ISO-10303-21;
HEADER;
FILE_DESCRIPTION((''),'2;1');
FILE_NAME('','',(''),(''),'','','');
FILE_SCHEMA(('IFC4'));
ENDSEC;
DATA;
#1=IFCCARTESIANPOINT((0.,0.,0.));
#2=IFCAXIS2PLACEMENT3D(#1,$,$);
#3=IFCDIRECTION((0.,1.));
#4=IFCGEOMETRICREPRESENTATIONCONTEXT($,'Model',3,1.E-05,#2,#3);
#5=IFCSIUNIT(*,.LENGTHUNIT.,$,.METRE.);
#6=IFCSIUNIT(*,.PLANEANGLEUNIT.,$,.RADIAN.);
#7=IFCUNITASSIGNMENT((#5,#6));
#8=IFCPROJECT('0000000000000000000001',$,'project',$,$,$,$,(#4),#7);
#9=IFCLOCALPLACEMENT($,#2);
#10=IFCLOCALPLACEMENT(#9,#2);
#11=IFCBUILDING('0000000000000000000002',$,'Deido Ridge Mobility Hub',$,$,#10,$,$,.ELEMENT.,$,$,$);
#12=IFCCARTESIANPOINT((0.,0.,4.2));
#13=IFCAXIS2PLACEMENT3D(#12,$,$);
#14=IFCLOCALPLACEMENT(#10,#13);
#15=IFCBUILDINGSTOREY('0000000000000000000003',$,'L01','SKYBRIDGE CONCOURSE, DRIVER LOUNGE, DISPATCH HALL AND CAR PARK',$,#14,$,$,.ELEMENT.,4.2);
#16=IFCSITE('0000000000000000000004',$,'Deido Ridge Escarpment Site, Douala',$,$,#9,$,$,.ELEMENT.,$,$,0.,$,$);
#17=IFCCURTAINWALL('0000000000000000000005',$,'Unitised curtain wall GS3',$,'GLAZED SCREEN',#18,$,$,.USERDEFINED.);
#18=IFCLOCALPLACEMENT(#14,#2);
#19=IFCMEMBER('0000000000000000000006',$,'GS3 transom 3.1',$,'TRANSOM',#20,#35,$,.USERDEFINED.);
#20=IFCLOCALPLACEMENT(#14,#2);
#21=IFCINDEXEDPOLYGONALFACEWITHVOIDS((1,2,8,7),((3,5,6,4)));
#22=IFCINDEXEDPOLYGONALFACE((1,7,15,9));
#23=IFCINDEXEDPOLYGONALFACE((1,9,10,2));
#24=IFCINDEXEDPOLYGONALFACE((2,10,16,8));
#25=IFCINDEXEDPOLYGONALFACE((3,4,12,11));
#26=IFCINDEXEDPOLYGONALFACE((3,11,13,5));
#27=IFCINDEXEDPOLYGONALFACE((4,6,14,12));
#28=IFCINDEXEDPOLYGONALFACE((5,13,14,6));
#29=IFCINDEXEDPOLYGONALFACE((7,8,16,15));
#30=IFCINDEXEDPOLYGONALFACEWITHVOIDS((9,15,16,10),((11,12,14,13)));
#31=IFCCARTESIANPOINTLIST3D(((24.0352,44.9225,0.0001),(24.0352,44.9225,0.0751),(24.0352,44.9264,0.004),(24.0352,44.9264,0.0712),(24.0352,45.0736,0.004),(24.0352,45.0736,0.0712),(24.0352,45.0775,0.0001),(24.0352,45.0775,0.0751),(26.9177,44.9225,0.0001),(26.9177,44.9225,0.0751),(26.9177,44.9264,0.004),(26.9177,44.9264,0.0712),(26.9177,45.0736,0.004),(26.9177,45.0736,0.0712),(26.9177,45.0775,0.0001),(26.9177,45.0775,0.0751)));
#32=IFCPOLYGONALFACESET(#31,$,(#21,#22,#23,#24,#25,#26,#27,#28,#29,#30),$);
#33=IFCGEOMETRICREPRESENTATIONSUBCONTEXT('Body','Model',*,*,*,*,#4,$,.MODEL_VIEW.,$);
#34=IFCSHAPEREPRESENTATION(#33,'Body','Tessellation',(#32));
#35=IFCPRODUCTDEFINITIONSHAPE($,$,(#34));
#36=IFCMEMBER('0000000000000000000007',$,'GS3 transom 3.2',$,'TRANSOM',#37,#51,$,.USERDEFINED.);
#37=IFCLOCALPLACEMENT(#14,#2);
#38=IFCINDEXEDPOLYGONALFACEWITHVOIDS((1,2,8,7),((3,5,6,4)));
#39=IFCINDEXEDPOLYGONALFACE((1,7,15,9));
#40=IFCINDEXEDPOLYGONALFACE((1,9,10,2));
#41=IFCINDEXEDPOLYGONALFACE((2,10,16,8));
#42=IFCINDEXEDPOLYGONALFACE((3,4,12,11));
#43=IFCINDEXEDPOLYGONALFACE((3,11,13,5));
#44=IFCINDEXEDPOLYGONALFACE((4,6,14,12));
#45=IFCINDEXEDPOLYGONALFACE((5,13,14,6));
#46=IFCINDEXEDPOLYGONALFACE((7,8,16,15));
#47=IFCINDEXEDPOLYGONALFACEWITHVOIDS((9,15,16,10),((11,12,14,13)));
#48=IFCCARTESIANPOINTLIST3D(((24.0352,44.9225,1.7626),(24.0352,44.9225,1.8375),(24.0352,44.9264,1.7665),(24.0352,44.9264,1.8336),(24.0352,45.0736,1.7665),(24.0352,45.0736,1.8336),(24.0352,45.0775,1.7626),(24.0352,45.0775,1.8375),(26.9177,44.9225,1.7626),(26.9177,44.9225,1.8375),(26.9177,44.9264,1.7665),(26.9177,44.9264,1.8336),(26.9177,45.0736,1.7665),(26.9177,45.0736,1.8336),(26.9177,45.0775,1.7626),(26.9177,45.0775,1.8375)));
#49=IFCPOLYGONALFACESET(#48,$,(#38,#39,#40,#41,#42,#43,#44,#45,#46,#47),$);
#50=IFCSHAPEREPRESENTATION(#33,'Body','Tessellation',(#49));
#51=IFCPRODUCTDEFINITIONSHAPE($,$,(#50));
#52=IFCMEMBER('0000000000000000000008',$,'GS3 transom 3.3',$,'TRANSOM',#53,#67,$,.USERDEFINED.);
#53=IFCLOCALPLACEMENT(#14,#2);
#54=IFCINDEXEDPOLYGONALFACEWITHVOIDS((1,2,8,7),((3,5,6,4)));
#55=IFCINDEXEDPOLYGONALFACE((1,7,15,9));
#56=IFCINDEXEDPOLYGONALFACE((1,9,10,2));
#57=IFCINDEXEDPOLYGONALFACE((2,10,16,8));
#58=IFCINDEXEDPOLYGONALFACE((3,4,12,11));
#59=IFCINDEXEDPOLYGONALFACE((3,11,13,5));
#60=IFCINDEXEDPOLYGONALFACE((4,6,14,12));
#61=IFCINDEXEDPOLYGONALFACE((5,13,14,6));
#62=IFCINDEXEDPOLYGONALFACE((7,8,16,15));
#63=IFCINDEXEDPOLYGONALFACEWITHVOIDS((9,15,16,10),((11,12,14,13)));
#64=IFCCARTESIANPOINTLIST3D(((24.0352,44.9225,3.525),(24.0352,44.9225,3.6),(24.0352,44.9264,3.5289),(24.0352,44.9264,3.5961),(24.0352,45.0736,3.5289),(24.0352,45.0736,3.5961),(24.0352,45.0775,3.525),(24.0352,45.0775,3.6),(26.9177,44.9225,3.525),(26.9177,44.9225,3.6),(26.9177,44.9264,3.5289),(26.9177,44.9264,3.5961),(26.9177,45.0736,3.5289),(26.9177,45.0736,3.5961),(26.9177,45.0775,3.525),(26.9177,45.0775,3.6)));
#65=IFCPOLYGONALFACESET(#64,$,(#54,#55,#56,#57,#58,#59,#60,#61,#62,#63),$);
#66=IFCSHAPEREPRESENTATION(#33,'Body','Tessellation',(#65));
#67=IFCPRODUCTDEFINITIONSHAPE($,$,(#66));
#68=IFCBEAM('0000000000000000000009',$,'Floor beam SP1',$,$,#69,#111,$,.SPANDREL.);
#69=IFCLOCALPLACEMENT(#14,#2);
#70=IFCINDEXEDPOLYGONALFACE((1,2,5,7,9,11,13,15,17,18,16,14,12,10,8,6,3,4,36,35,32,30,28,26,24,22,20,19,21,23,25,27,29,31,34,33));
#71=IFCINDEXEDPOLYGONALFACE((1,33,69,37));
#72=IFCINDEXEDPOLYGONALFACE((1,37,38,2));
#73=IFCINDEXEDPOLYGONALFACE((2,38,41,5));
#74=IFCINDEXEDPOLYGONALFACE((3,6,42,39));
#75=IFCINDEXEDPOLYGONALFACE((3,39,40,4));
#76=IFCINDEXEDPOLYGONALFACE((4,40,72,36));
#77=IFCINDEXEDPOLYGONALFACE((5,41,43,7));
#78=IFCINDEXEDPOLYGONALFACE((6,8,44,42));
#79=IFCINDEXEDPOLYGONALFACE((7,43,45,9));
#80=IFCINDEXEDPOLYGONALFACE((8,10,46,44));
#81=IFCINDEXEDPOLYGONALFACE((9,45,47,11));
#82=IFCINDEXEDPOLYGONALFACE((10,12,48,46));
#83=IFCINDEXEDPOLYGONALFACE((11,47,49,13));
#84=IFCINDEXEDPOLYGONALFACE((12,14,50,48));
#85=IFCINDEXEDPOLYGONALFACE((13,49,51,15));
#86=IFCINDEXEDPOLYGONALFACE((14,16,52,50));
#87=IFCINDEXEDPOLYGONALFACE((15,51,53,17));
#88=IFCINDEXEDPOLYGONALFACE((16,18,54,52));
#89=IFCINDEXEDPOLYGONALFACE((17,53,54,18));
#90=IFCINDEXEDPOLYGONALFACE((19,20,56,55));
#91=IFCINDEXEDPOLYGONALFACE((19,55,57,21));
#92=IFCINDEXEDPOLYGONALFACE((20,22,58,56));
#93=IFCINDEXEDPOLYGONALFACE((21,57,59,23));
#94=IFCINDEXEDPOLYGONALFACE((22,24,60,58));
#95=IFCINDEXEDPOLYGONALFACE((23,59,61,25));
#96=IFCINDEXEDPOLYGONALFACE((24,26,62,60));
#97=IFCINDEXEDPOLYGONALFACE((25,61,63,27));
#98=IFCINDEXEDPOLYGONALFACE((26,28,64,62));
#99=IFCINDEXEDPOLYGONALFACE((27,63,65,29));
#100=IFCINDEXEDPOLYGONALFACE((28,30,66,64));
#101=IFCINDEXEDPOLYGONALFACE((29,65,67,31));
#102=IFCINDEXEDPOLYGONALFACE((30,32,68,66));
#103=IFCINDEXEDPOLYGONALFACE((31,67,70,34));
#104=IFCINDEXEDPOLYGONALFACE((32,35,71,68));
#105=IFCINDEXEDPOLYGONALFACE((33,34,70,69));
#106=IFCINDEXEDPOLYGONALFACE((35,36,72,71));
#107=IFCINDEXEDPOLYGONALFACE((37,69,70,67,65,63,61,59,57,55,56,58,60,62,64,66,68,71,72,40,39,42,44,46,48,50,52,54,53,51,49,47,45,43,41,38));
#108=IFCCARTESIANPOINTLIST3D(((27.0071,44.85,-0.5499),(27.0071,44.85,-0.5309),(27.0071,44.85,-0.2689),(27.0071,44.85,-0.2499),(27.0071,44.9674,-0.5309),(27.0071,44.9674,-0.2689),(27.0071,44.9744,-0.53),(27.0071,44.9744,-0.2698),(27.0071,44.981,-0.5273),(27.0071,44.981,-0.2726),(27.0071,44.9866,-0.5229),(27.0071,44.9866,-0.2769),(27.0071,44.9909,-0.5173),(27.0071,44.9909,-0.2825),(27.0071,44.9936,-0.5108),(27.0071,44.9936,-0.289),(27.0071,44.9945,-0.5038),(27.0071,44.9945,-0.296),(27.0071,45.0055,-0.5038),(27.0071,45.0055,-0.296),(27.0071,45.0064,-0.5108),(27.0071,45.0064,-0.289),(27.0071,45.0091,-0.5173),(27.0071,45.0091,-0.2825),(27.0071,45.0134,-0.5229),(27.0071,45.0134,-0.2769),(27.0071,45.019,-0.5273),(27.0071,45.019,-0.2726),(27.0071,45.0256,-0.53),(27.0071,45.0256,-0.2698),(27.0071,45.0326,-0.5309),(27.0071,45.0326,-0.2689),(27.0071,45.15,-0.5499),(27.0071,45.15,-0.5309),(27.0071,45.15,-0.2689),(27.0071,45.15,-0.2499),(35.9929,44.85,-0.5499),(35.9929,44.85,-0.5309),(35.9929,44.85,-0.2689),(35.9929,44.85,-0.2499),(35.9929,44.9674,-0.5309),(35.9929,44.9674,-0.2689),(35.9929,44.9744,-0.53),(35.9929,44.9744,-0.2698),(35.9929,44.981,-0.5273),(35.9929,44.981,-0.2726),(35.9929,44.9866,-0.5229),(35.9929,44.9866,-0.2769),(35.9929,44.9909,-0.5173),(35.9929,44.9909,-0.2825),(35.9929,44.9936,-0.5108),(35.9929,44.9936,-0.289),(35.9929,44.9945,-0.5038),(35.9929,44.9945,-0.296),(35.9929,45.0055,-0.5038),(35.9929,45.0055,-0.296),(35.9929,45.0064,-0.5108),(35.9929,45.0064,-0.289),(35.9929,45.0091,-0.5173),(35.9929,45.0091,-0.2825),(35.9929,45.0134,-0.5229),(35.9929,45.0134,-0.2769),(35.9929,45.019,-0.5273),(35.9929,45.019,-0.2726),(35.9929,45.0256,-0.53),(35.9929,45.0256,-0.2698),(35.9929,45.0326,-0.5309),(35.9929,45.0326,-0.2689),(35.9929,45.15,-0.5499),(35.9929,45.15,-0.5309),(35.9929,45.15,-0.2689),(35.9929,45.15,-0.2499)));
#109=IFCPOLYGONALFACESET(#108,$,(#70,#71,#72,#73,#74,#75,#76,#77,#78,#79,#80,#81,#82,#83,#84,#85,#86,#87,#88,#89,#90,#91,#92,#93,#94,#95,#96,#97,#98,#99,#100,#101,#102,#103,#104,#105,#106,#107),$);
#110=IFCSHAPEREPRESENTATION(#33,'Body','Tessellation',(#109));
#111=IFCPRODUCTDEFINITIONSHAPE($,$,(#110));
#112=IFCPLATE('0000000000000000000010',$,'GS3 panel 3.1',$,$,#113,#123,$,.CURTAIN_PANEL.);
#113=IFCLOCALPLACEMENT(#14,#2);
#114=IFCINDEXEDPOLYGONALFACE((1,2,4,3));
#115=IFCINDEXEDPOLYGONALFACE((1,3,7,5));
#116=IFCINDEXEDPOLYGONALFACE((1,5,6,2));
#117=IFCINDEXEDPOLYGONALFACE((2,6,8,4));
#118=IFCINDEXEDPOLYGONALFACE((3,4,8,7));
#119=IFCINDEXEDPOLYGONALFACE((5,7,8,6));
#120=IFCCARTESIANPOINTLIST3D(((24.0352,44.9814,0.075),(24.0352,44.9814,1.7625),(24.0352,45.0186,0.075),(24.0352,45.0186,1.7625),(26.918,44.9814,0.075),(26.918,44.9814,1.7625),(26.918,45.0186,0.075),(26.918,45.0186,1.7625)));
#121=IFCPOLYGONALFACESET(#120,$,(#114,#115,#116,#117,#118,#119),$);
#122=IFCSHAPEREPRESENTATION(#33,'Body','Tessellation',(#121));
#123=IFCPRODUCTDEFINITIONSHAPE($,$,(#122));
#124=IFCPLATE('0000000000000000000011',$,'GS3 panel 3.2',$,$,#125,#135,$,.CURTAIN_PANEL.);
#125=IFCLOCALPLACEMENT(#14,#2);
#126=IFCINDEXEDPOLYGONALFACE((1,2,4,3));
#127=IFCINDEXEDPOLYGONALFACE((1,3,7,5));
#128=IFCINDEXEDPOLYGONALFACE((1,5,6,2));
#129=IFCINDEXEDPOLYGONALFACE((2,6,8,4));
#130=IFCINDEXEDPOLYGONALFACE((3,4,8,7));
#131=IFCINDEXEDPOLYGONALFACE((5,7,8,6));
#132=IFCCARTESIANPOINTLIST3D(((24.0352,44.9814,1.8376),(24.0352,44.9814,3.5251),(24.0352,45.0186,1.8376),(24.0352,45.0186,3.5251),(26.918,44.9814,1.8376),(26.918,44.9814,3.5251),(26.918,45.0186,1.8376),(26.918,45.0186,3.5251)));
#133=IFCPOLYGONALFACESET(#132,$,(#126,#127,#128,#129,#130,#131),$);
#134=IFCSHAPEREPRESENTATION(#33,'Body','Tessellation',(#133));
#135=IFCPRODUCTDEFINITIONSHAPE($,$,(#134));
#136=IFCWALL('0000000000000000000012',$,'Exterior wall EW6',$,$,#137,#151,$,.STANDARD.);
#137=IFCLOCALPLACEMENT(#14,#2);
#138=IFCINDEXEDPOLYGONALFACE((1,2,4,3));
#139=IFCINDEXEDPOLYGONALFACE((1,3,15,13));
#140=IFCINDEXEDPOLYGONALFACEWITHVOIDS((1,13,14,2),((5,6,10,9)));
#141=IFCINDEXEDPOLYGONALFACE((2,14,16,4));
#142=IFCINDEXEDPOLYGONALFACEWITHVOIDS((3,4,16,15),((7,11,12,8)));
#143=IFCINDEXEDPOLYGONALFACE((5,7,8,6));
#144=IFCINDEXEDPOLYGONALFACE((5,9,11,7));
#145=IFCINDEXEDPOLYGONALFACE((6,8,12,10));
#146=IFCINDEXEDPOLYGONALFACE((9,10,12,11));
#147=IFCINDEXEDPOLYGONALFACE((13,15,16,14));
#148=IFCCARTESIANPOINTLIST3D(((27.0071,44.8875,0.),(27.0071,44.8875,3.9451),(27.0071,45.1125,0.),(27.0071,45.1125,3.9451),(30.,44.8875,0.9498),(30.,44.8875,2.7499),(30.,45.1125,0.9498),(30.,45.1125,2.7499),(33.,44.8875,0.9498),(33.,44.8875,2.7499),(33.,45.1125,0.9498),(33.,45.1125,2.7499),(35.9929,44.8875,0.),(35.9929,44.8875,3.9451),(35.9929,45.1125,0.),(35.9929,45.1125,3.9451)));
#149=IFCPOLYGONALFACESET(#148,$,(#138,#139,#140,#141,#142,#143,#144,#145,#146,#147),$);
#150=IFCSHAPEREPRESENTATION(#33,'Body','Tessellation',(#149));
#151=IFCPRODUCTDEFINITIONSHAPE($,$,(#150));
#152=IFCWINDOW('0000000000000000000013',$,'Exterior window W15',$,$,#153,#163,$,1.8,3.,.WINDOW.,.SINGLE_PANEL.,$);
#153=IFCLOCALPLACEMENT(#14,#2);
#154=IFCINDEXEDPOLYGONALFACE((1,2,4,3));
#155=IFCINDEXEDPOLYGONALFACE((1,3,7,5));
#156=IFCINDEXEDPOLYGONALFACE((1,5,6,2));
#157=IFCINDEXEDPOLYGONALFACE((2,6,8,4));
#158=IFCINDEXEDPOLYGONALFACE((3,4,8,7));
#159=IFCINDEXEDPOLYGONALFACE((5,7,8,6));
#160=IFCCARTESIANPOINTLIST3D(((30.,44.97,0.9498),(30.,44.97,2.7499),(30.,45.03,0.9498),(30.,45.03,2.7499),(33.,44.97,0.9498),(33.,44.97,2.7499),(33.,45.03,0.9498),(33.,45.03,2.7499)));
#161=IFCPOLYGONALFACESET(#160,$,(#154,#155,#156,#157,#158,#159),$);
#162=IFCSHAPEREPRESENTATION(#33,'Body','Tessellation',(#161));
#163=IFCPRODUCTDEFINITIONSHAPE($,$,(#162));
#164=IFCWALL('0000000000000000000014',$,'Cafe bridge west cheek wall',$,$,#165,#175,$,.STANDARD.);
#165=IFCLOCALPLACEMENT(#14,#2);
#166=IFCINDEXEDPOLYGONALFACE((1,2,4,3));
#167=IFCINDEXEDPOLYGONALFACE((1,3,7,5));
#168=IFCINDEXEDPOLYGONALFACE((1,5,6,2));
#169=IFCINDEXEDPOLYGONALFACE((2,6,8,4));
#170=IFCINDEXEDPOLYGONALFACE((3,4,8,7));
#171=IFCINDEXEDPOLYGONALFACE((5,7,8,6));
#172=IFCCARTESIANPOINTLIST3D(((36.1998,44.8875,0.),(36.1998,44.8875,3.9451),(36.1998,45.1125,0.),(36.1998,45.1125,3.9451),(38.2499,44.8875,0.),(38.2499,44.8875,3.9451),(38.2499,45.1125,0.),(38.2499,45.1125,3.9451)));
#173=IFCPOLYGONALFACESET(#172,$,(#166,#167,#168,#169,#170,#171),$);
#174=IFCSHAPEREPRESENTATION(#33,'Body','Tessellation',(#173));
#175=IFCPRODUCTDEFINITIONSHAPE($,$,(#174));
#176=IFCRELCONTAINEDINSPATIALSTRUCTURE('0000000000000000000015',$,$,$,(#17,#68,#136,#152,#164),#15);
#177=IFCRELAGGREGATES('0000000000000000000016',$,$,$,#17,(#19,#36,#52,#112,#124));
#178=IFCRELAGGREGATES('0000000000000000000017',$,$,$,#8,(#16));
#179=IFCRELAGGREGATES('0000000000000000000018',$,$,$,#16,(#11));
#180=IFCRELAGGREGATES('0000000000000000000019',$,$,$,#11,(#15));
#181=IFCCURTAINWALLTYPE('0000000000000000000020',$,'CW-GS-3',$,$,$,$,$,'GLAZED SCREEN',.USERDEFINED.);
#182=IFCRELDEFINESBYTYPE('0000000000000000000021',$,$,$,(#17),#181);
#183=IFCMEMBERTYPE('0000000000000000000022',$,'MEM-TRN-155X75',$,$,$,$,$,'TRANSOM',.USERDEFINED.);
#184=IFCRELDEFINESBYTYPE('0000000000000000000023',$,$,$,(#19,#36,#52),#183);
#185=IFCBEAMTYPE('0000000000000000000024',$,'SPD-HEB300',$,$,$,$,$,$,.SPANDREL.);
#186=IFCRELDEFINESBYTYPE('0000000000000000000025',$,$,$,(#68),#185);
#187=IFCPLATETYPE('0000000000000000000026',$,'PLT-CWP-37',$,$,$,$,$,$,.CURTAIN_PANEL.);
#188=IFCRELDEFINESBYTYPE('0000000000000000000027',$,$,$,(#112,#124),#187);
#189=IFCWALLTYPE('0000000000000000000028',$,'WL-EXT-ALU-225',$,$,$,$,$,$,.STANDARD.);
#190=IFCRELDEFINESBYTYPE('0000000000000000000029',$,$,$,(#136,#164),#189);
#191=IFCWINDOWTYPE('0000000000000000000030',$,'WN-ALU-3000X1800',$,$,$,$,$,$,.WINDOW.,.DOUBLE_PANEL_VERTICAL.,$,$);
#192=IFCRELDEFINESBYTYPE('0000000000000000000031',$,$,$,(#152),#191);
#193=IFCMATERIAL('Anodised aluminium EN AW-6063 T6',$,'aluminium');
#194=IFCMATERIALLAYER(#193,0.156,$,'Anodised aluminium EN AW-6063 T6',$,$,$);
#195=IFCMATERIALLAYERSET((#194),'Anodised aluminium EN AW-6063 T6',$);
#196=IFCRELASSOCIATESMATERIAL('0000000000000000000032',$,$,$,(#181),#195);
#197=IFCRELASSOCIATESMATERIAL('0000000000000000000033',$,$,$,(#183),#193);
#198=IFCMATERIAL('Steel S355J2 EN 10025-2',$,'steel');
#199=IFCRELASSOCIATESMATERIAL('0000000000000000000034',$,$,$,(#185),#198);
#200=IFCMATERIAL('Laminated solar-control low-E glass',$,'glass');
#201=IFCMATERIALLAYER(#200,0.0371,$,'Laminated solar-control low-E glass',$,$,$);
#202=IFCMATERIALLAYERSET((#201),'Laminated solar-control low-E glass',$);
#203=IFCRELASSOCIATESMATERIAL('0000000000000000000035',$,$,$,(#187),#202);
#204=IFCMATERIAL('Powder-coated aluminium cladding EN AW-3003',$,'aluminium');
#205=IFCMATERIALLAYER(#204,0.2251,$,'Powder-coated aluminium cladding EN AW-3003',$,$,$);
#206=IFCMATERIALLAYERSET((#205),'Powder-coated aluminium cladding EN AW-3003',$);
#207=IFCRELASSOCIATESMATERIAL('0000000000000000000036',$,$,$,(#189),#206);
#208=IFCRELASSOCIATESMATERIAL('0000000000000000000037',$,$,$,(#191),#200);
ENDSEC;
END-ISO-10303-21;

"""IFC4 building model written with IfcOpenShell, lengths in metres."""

from ifc_helpers import new_model, si_unit, direction, frame, frame_2d, origin, origin_2d, place, context, subcontext, project, spatial, rectangle, hollow_rectangle, i_section, extrude, material, layer, layer_set, material_profile, profile_set, type_object, element, fill, aggregate, save


model = new_model("IFC4")

# Units and contexts
model_context = context("Model", 3, precision=1e-05, world=origin(), true_north=direction((0.0, 1.0)))
body_context = subcontext(model_context, "Body", "Model", "MODEL_VIEW")
ifc_project = project(units=[si_unit("LENGTHUNIT", "METRE"), si_unit("PLANEANGLEUNIT", "RADIAN")], contexts=[model_context])

# Site, building, storey
site_placement = place(None, origin())
site = spatial("IfcSite", under=ifc_project, at=site_placement, Name="Deido Ridge Escarpment Site, Douala", CompositionType="ELEMENT", RefElevation=0.0)
building_placement = place(site_placement, origin())
building = spatial("IfcBuilding", under=site, at=building_placement, Name="Deido Ridge Mobility Hub", CompositionType="ELEMENT")
storey_placement = place(building_placement, frame((0.0, 0.0, 4.2)))
storey = spatial("IfcBuildingStorey", under=building, at=storey_placement, Name="L01", Description="SKYBRIDGE CONCOURSE, DRIVER LOUNGE, DISPATCH HALL AND CAR PARK", CompositionType="ELEMENT", Elevation=4.2)

# Shared definitions
ifc_material_1 = material(Name="Steel S355J2 EN 10025-2", Category="steel")

# Curtain wall, members
ifc_material_2 = material(Name="Anodised aluminium EN AW-6063 T6", Category="aluminium")
ifc_layer_1 = layer(ifc_material_2, 0.156, Name="Anodised aluminium EN AW-6063 T6")
ifc_layer_set_1 = layer_set([ifc_layer_1], Name="Anodised aluminium EN AW-6063 T6")
curtain_wall_type = type_object("IfcCurtainWallType", Name="CW-GS-3", ElementType="GLAZED SCREEN", PredefinedType="USERDEFINED", material=ifc_layer_set_1)
curtain_wall_placement = place(storey_placement, origin())
curtain_wall = element("IfcCurtainWall", 1, at=curtain_wall_placement, inside=storey, type_object=curtain_wall_type, Name="Unitised curtain wall GS3", ObjectType="GLAZED SCREEN", PredefinedType="USERDEFINED")
ifc_material_profile_1 = material_profile(ifc_material_2, hollow_rectangle(XDim=0.155, YDim=0.075, WallThickness=0.0039, at=origin_2d()), Name="RHS 155x75x4")
ifc_profile_set_1 = profile_set([ifc_material_profile_1], Name="Anodised aluminium EN AW-6063 T6")
member_type_1 = type_object("IfcMemberType", Name="MEM-TRN-155X75", ElementType="TRANSOM", PredefinedType="USERDEFINED", material=ifc_profile_set_1)
member_1_placement = place(storey_placement, frame((24.0352, 45.0, 0.0376), z_axis=(1.0, 0.0, 0.0), x_axis=(0.0, 1.0, 0.0)))
member_1 = element("IfcMember", 2, at=member_1_placement, type_object=member_type_1, Name="GS3 transom 3.1", ObjectType="TRANSOM", PredefinedType="USERDEFINED", context=body_context, shape_type="SweptSolid", body=[
    extrude(hollow_rectangle(XDim=0.155, YDim=0.075, WallThickness=0.0039, at=origin_2d()), origin(), (0.0, 0.0, 1.0), 2.8826),
])
member_2_placement = place(storey_placement, frame((24.0352, 45.0, 1.8), z_axis=(1.0, 0.0, 0.0), x_axis=(0.0, 1.0, 0.0)))
member_2 = element("IfcMember", 3, at=member_2_placement, type_object=member_type_1, Name="GS3 transom 3.2", ObjectType="TRANSOM", PredefinedType="USERDEFINED", context=body_context, shape_type="SweptSolid", body=[
    extrude(hollow_rectangle(XDim=0.155, YDim=0.075, WallThickness=0.0039, at=origin_2d()), origin(), (0.0, 0.0, 1.0), 2.8826),
])
member_3_placement = place(storey_placement, frame((24.0352, 45.0, 3.5625), z_axis=(1.0, 0.0, 0.0), x_axis=(0.0, 1.0, 0.0)))
member_3 = element("IfcMember", 4, at=member_3_placement, type_object=member_type_1, Name="GS3 transom 3.3", ObjectType="TRANSOM", PredefinedType="USERDEFINED", context=body_context, shape_type="SweptSolid", body=[
    extrude(hollow_rectangle(XDim=0.155, YDim=0.075, WallThickness=0.0039, at=origin_2d()), origin(), (0.0, 0.0, 1.0), 2.8826),
])

# Beam
ifc_material_profile_2 = material_profile(ifc_material_1, i_section(OverallWidth=0.3, OverallDepth=0.3, WebThickness=0.011, FlangeThickness=0.019, FilletRadius=0.0271, at=origin_2d()), Name="HEB 300")
ifc_profile_set_2 = profile_set([ifc_material_profile_2], Name="Steel S355J2 EN 10025-2")
beam_type_1 = type_object("IfcBeamType", Name="SPD-HEB300", PredefinedType="SPANDREL", material=ifc_profile_set_2)
beam_1_placement = place(storey_placement, frame((27.0071, 45.0, -0.3999), z_axis=(1.0, 0.0, 0.0), x_axis=(0.0, 1.0, 0.0)))
element("IfcBeam", 5, at=beam_1_placement, inside=storey, type_object=beam_type_1, Name="Floor beam SP1", PredefinedType="SPANDREL", context=body_context, shape_type="SweptSolid", body=[
    extrude(i_section(OverallWidth=0.3, OverallDepth=0.3, WebThickness=0.011, FlangeThickness=0.019, FilletRadius=0.0271, at=origin_2d()), origin(), (0.0, 0.0, 1.0), 8.9858),
])

# Plates
ifc_material_3 = material(Name="Laminated solar-control low-E glass", Category="glass")
ifc_layer_2 = layer(ifc_material_3, 0.0371, Name="Laminated solar-control low-E glass")
ifc_layer_set_2 = layer_set([ifc_layer_2], Name="Laminated solar-control low-E glass")
plate_type = type_object("IfcPlateType", Name="PLT-CWP-37", PredefinedType="CURTAIN_PANEL", material=ifc_layer_set_2)
plate_1_placement = place(storey_placement, frame((25.4766, 45.0, 0.075), z_axis=(0.0, 0.0, 1.0), x_axis=(1.0, 0.0, 0.0)))
plate_1 = element("IfcPlate", 6, at=plate_1_placement, type_object=plate_type, Name="GS3 panel 3.1", PredefinedType="CURTAIN_PANEL", context=body_context, shape_type="SweptSolid", body=[
    extrude(rectangle(XDim=2.8828, YDim=0.0371, at=origin_2d()), origin(), (0.0, 0.0, 1.0), 1.6875),
])
plate_2_placement = place(storey_placement, frame((25.4766, 45.0, 1.8376), z_axis=(0.0, 0.0, 1.0), x_axis=(1.0, 0.0, 0.0)))
plate_2 = element("IfcPlate", 7, at=plate_2_placement, type_object=plate_type, Name="GS3 panel 3.2", PredefinedType="CURTAIN_PANEL", context=body_context, shape_type="SweptSolid", body=[
    extrude(rectangle(XDim=2.8828, YDim=0.0371, at=origin_2d()), origin(), (0.0, 0.0, 1.0), 1.6875),
])
aggregate(curtain_wall, [member_1, member_2, member_3, plate_1, plate_2])

# Wall, opening, window
ifc_material_4 = material(Name="Powder-coated aluminium cladding EN AW-3003", Category="aluminium")
ifc_layer_3 = layer(ifc_material_4, 0.2251, Name="Powder-coated aluminium cladding EN AW-3003")
ifc_layer_set_3 = layer_set([ifc_layer_3], Name="Powder-coated aluminium cladding EN AW-3003")
wall_type_1 = type_object("IfcWallType", Name="WL-EXT-ALU-225", PredefinedType="STANDARD", material=ifc_layer_set_3)
wall_1_placement = place(storey_placement, frame((27.0071, 45.0, 0.0), z_axis=(0.0, 0.0, 1.0), x_axis=(1.0, 0.0, 0.0)))
wall_1 = element("IfcWall", 8, at=wall_1_placement, inside=storey, type_object=wall_type_1, Name="Exterior wall EW6", PredefinedType="STANDARD", context=body_context, shape_type="SweptSolid", body=[
    extrude(rectangle(XDim=8.9858, YDim=0.2251, at=frame_2d((4.4929, 0.0))), origin(), (0.0, 0.0, 1.0), 3.9451),
])
opening_1_placement = place(wall_1_placement, frame((2.9929, 0.0, 0.95)))
opening_1 = element("IfcOpeningElement", 9, at=opening_1_placement, cuts=wall_1, PredefinedType="OPENING", context=body_context, shape_type="SweptSolid", body=[
    extrude(rectangle(XDim=3.0, YDim=1.8, at=frame_2d((1.5, 0.8999))), frame((0.0, 0.1226, 0.0), z_axis=(0.0, -1.0, 0.0), x_axis=(1.0, 0.0, 0.0)), (0.0, 0.0, 1.0), 0.2451),
])
window_type = type_object("IfcWindowType", Name="WN-ALU-3000X1800", PartitioningType="DOUBLE_PANEL_VERTICAL", PredefinedType="WINDOW", material=ifc_material_3)
window_placement = place(opening_1_placement, origin())
window = element("IfcWindow", 10, at=window_placement, inside=storey, type_object=window_type, Name="Exterior window W15", OverallHeight=1.8, OverallWidth=3.0, PartitioningType="SINGLE_PANEL", PredefinedType="WINDOW", context=body_context, shape_type="SweptSolid", body=[
    extrude(rectangle(XDim=3.0, YDim=1.8, at=frame_2d((1.5, 0.8999))), frame((0.0, 0.03, 0.0), z_axis=(0.0, -1.0, 0.0), x_axis=(1.0, 0.0, 0.0)), (0.0, 0.0, 1.0), 0.0601),
])
fill(opening_1, window)

# Wall
wall_2_placement = place(storey_placement, frame((36.2, 45.0, 0.0), z_axis=(0.0, 0.0, 1.0), x_axis=(1.0, 0.0, 0.0)))
element("IfcWall", 11, at=wall_2_placement, inside=storey, type_object=wall_type_1, Name="Cafe bridge west cheek wall", PredefinedType="STANDARD", context=body_context, shape_type="SweptSolid", body=[
    extrude(rectangle(XDim=2.05, YDim=0.2251, at=frame_2d((1.0249, 0.0))), origin(), (0.0, 0.0, 1.0), 3.9451),
])

save(model, "model.ifc")
